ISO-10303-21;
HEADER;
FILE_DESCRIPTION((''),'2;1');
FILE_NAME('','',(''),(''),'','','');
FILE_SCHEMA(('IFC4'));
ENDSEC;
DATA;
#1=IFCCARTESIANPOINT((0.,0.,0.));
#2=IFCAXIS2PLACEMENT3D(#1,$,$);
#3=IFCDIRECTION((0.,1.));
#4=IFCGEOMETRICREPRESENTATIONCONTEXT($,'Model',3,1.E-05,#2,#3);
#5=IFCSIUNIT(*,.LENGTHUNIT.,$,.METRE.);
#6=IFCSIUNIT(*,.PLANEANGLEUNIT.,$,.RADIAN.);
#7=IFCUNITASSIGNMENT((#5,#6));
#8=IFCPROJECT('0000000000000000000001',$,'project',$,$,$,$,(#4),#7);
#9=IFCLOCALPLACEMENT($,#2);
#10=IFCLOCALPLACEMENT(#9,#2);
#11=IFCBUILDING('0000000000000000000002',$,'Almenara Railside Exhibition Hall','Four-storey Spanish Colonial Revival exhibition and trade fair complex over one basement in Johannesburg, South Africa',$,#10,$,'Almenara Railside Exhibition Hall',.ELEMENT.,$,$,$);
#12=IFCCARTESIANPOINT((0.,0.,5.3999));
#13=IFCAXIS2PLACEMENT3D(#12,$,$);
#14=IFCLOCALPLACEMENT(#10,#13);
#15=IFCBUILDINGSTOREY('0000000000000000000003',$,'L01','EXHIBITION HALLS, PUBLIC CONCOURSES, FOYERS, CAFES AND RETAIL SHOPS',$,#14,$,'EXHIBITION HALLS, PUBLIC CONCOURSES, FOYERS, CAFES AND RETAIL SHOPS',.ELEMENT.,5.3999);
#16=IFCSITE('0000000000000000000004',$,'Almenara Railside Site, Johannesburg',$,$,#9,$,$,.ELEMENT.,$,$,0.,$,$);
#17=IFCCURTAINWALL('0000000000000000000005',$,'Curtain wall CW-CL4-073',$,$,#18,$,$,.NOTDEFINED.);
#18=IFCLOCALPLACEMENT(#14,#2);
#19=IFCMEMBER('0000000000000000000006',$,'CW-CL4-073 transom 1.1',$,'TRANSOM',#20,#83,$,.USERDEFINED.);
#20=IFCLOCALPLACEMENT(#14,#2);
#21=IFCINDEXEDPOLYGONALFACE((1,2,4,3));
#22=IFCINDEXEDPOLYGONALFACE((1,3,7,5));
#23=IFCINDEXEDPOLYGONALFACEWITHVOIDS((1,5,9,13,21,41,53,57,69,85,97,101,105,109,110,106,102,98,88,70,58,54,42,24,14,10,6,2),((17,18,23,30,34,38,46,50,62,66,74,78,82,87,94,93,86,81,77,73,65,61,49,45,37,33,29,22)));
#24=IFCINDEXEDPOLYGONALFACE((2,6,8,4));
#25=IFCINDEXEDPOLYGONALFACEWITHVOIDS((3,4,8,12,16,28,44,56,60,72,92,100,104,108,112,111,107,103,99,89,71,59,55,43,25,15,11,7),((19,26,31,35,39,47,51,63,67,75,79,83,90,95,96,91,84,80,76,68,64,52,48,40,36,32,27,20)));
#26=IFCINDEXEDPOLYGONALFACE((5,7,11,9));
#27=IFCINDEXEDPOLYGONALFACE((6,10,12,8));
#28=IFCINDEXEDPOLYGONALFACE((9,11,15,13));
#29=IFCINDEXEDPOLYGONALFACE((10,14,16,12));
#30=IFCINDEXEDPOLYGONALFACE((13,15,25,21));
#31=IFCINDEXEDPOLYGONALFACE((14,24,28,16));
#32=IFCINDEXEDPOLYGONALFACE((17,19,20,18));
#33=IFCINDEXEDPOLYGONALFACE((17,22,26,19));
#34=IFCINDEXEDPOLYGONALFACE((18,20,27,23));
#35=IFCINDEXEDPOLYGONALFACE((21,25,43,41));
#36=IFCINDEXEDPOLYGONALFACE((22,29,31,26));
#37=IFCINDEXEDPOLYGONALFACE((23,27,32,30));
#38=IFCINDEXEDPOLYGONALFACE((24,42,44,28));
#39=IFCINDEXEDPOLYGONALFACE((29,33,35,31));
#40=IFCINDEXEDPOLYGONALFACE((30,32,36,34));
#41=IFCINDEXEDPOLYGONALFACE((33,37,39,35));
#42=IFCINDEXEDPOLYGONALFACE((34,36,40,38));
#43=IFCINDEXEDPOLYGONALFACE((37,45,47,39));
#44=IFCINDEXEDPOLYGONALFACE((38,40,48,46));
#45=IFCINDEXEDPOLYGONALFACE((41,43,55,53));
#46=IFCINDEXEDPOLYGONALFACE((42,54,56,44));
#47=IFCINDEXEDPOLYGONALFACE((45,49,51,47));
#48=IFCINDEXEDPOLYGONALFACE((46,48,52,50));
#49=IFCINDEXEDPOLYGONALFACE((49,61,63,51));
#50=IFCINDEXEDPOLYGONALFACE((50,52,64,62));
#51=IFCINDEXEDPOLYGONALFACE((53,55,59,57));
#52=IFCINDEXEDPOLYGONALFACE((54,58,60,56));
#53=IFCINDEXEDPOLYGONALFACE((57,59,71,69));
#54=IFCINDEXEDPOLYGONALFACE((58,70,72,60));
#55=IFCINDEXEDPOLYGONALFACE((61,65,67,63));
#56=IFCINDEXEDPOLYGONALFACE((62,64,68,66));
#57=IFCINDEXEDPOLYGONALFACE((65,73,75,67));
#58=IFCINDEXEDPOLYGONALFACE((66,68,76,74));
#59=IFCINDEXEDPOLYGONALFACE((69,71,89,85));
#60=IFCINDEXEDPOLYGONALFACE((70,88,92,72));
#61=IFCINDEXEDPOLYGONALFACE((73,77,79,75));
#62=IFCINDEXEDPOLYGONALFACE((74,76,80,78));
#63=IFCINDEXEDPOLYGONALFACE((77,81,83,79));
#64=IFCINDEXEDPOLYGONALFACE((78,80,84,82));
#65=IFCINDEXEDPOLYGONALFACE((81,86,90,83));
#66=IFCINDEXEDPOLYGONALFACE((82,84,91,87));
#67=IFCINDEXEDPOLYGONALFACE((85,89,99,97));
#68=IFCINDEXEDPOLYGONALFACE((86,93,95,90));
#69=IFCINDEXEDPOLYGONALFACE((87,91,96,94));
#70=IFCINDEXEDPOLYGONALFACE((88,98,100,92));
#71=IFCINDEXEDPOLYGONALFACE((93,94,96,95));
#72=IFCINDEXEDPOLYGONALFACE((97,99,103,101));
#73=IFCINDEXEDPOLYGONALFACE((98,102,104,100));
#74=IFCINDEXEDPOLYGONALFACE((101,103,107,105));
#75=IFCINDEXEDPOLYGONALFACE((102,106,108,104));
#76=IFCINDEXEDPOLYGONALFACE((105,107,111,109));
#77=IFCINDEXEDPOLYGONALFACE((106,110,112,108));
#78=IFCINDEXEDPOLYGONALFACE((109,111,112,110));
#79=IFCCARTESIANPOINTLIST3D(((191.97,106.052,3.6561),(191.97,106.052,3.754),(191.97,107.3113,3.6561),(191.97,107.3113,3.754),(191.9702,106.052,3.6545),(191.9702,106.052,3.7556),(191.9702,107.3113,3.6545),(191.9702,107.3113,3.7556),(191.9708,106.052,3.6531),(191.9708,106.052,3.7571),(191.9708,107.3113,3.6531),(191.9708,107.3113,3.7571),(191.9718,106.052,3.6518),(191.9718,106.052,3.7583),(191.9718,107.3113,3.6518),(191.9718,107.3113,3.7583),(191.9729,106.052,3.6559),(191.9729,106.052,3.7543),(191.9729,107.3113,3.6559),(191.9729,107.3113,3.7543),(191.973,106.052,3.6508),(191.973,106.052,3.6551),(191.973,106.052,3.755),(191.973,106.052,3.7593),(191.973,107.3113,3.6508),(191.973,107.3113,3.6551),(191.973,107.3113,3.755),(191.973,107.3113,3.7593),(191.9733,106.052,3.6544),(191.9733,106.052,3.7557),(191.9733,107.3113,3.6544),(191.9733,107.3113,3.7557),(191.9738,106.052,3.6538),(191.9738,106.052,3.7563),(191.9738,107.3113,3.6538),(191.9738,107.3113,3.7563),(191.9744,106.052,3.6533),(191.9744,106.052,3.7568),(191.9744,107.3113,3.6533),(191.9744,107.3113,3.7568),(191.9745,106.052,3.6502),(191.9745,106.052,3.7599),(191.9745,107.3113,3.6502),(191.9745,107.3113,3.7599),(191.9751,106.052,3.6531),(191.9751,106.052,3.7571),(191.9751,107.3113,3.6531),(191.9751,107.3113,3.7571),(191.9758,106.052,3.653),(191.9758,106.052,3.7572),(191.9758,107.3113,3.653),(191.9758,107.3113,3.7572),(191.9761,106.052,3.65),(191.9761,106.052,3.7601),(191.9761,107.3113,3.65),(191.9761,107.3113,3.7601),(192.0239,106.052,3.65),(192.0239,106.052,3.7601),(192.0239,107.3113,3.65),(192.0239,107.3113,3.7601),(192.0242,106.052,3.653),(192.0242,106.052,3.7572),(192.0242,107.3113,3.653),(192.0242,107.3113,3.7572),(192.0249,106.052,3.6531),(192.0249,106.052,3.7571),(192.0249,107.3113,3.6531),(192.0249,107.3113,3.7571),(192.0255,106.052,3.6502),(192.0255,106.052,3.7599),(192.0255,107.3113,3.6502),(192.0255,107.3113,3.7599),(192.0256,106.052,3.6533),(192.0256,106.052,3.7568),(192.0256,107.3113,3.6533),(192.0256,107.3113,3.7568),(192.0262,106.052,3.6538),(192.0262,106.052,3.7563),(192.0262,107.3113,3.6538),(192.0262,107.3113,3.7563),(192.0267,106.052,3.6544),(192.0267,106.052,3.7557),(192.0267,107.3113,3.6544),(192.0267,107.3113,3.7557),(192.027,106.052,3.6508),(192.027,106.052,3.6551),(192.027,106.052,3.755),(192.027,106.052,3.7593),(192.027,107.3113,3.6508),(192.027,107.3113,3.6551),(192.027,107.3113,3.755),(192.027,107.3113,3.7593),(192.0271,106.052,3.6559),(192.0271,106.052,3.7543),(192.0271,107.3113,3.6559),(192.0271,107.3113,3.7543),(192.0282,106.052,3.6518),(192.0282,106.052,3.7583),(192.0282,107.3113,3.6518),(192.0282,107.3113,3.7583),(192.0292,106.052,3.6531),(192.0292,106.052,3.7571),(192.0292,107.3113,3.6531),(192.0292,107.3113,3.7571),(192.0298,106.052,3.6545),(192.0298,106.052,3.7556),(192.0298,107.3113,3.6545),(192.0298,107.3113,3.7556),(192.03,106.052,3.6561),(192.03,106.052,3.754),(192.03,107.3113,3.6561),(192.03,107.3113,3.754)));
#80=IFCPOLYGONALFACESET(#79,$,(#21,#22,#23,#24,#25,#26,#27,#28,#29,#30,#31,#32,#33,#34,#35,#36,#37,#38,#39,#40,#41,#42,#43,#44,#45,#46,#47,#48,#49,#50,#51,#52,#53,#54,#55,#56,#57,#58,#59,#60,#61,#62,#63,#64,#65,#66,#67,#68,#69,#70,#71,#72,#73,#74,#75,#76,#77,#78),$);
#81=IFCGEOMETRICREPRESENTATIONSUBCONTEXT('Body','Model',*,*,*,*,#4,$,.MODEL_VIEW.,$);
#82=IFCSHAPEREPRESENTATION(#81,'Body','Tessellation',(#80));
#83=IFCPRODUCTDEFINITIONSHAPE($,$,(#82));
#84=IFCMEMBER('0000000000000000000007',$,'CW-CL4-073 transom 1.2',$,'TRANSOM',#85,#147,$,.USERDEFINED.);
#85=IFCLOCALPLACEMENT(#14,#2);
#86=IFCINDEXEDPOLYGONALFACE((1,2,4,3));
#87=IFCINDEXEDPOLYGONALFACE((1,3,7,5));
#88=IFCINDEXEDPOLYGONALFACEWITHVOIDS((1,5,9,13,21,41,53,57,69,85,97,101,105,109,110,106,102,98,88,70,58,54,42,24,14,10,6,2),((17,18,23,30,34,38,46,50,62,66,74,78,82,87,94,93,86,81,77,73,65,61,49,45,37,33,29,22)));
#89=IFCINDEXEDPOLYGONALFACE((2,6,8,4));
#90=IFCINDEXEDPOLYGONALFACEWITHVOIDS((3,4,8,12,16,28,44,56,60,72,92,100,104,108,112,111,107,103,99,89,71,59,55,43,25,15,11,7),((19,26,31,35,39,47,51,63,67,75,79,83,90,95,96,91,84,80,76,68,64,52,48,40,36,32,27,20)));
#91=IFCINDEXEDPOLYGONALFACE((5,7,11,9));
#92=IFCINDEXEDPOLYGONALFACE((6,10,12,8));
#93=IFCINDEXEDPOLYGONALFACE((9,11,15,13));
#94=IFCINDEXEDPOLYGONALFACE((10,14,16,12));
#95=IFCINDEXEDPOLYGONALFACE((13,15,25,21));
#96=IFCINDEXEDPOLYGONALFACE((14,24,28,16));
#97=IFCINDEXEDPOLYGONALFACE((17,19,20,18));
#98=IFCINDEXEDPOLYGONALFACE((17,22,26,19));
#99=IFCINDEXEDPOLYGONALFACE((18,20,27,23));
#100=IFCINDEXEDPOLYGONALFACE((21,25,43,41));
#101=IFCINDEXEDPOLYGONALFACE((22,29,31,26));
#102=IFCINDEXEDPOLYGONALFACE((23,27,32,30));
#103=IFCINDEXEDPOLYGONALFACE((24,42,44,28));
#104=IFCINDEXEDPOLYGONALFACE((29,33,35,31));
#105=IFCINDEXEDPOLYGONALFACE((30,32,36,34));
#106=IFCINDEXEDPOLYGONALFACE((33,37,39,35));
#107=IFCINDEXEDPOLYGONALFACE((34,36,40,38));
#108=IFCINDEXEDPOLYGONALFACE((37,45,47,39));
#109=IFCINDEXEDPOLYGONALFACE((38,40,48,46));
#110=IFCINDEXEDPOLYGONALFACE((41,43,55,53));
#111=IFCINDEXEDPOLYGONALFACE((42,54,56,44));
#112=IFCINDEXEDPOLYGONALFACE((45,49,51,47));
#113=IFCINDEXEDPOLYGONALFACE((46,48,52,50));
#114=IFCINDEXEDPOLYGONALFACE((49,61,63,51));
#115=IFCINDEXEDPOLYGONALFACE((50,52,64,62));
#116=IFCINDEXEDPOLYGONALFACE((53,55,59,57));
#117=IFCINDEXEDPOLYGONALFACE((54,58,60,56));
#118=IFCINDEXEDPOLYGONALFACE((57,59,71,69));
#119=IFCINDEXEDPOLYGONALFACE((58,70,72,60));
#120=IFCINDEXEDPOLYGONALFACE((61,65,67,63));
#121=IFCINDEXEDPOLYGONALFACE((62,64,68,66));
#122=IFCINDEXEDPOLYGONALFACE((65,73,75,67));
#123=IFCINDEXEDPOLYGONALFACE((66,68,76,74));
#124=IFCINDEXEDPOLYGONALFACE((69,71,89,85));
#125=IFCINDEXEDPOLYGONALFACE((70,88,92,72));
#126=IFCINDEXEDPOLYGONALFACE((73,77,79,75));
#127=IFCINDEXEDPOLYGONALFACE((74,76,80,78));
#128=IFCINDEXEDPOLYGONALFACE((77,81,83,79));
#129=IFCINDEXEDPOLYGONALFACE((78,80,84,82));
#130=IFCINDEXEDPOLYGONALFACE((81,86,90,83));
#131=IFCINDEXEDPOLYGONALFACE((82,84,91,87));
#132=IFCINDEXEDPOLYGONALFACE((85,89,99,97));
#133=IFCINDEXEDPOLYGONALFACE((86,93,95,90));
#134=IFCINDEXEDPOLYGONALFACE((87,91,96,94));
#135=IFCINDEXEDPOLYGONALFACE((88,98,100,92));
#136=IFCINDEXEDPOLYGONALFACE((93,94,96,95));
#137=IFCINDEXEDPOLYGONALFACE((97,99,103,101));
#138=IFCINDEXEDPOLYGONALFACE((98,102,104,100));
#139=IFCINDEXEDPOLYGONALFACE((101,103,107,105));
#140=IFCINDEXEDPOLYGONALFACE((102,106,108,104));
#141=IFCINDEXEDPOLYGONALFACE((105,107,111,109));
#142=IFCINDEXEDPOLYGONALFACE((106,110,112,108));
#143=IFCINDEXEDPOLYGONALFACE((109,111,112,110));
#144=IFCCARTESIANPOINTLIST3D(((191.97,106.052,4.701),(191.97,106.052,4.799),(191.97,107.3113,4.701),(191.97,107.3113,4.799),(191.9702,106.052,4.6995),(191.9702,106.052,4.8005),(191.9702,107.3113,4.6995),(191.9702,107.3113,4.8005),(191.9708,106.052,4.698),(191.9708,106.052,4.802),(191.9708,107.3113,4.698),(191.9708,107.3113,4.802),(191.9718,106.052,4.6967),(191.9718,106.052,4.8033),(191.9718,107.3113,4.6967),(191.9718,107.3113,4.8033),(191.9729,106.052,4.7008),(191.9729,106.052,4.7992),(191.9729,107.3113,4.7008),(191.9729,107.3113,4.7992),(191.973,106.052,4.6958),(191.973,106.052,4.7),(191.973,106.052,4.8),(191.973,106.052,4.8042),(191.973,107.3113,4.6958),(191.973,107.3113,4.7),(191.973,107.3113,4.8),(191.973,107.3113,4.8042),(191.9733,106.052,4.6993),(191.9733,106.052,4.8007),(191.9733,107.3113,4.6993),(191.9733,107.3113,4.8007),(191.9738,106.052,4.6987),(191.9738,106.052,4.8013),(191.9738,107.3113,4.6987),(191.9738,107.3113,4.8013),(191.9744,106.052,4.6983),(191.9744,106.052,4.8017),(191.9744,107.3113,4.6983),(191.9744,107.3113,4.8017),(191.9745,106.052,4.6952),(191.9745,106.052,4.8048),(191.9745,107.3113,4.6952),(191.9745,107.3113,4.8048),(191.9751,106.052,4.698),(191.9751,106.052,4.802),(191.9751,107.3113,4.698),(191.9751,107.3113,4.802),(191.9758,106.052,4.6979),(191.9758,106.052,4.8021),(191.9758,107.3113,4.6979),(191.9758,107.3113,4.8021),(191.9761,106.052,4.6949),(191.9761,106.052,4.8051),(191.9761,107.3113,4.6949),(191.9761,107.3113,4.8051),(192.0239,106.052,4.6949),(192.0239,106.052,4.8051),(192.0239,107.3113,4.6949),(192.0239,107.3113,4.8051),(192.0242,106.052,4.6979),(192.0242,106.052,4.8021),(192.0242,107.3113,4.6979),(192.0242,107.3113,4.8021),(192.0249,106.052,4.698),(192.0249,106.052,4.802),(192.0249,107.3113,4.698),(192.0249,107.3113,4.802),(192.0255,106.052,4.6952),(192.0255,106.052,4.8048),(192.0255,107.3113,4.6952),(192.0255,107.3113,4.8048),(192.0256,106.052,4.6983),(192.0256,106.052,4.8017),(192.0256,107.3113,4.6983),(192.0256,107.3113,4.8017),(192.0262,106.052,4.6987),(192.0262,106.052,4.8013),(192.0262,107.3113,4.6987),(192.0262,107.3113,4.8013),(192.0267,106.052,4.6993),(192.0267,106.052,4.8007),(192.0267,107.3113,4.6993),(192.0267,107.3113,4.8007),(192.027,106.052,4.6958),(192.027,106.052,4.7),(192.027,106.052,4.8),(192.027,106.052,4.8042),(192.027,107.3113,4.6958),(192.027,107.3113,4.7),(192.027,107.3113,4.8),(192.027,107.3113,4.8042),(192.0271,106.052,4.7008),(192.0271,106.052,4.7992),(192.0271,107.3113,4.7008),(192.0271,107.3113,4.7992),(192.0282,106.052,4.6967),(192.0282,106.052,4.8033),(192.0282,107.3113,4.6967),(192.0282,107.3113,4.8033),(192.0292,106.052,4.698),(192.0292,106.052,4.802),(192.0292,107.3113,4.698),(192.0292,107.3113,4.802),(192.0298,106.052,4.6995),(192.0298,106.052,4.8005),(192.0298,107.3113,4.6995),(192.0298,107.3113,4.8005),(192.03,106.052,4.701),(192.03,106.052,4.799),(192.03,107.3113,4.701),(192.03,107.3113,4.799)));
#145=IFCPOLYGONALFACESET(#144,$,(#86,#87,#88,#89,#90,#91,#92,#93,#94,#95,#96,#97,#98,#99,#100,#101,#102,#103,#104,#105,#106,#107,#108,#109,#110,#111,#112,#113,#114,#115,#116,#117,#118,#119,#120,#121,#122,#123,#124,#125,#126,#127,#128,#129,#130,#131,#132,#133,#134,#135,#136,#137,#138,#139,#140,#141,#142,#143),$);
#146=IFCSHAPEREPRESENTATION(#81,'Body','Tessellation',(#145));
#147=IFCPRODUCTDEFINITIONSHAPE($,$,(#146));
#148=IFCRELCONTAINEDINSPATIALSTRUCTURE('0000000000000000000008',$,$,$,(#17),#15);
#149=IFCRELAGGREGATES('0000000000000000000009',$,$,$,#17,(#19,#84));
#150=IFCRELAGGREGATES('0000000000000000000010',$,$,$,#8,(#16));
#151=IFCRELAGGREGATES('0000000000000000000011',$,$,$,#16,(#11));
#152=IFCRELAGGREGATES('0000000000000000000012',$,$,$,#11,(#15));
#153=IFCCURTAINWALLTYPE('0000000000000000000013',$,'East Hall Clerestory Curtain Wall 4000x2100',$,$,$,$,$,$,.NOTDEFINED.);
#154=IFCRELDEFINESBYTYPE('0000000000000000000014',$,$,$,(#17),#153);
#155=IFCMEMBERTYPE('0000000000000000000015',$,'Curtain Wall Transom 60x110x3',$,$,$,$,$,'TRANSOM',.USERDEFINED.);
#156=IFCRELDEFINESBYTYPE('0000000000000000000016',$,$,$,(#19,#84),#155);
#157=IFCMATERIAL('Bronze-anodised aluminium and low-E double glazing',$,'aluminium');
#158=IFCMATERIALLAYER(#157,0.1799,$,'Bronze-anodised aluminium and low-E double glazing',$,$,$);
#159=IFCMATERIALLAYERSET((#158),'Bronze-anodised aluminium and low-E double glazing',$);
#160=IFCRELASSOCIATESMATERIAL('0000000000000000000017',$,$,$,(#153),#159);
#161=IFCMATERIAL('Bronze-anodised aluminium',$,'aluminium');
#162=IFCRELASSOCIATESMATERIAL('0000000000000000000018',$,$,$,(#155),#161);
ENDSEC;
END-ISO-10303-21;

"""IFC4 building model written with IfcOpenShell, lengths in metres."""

from ifc_helpers import new_model, si_unit, direction, frame, origin, origin_2d, place, context, subcontext, project, spatial, hollow_rectangle, extrude, material, layer, layer_set, material_profile, profile_set, type_object, element, aggregate, save


model = new_model("IFC4")

# Units and contexts
model_context = context("Model", 3, precision=1e-05, world=origin(), true_north=direction((0.0, 1.0)))
body_context = subcontext(model_context, "Body", "Model", "MODEL_VIEW")
ifc_project = project(units=[si_unit("LENGTHUNIT", "METRE"), si_unit("PLANEANGLEUNIT", "RADIAN")], contexts=[model_context])

# Site, building, storey
site_placement = place(None, origin())
site = spatial("IfcSite", under=ifc_project, at=site_placement, Name="Almenara Railside Site, Johannesburg", CompositionType="ELEMENT", RefElevation=0.0)
building_placement = place(site_placement, origin())
building = spatial("IfcBuilding", under=site, at=building_placement, Name="Almenara Railside Exhibition Hall", Description="Four-storey Spanish Colonial Revival exhibition and trade fair complex over one basement in Johannesburg, South Africa", LongName="Almenara Railside Exhibition Hall", CompositionType="ELEMENT")
storey_placement = place(building_placement, frame((0.0, 0.0, 5.3999)))
storey = spatial("IfcBuildingStorey", under=building, at=storey_placement, Name="L01", Description="EXHIBITION HALLS, PUBLIC CONCOURSES, FOYERS, CAFES AND RETAIL SHOPS", LongName="EXHIBITION HALLS, PUBLIC CONCOURSES, FOYERS, CAFES AND RETAIL SHOPS", CompositionType="ELEMENT", Elevation=5.3999)

# Shared definitions
ifc_material_1 = material(Name="Bronze-anodised aluminium and low-E double glazing", Category="aluminium")
ifc_material_2 = material(Name="Bronze-anodised aluminium", Category="aluminium")

# Curtain wall
ifc_layer_1 = layer(ifc_material_1, 0.1799, Name="Bronze-anodised aluminium and low-E double glazing")
ifc_layer_set_1 = layer_set([ifc_layer_1], Name="Bronze-anodised aluminium and low-E double glazing")
curtain_wall_type_1 = type_object("IfcCurtainWallType", Name="East Hall Clerestory Curtain Wall 4000x2100", PredefinedType="NOTDEFINED", material=ifc_layer_set_1)
curtain_wall_1_placement = place(storey_placement, origin())
curtain_wall_1 = element("IfcCurtainWall", 1, at=curtain_wall_1_placement, inside=storey, type_object=curtain_wall_type_1, Name="Curtain wall CW-CL4-073", PredefinedType="NOTDEFINED")

# Members
ifc_material_profile_1 = material_profile(ifc_material_2, hollow_rectangle(XDim=0.0601, YDim=0.1101, WallThickness=0.0029, InnerFilletRadius=0.0029, OuterFilletRadius=0.0061, at=origin_2d()), Name="ALU-TRN 60x110x3")
ifc_profile_set_1 = profile_set([ifc_material_profile_1], Name="Bronze-anodised aluminium")
member_type_1 = type_object("IfcMemberType", Name="Curtain Wall Transom 60x110x3", ElementType="TRANSOM", PredefinedType="USERDEFINED", material=ifc_profile_set_1)
member_1_placement = place(storey_placement, frame((192.0, 106.052, 3.7051), z_axis=(0.0, 1.0, 0.0), x_axis=(-1.0, 0.0, 0.0)))
member_1 = element("IfcMember", 2, at=member_1_placement, type_object=member_type_1, Name="CW-CL4-073 transom 1.1", ObjectType="TRANSOM", PredefinedType="USERDEFINED", context=body_context, shape_type="SweptSolid", body=[
    extrude(hollow_rectangle(XDim=0.0601, YDim=0.1101, WallThickness=0.0029, InnerFilletRadius=0.0029, OuterFilletRadius=0.0061, at=origin_2d()), origin(), (0.0, 0.0, 1.0), 1.2593),
])
member_2_placement = place(storey_placement, frame((192.0, 106.052, 4.75), z_axis=(0.0, 1.0, 0.0), x_axis=(-1.0, 0.0, 0.0)))
member_2 = element("IfcMember", 3, at=member_2_placement, type_object=member_type_1, Name="CW-CL4-073 transom 1.2", ObjectType="TRANSOM", PredefinedType="USERDEFINED", context=body_context, shape_type="SweptSolid", body=[
    extrude(hollow_rectangle(XDim=0.0601, YDim=0.1101, WallThickness=0.0029, InnerFilletRadius=0.0029, OuterFilletRadius=0.0061, at=origin_2d()), origin(), (0.0, 0.0, 1.0), 1.2593),
])

aggregate(curtain_wall_1, [member_1, member_2])

save(model, "model.ifc")
